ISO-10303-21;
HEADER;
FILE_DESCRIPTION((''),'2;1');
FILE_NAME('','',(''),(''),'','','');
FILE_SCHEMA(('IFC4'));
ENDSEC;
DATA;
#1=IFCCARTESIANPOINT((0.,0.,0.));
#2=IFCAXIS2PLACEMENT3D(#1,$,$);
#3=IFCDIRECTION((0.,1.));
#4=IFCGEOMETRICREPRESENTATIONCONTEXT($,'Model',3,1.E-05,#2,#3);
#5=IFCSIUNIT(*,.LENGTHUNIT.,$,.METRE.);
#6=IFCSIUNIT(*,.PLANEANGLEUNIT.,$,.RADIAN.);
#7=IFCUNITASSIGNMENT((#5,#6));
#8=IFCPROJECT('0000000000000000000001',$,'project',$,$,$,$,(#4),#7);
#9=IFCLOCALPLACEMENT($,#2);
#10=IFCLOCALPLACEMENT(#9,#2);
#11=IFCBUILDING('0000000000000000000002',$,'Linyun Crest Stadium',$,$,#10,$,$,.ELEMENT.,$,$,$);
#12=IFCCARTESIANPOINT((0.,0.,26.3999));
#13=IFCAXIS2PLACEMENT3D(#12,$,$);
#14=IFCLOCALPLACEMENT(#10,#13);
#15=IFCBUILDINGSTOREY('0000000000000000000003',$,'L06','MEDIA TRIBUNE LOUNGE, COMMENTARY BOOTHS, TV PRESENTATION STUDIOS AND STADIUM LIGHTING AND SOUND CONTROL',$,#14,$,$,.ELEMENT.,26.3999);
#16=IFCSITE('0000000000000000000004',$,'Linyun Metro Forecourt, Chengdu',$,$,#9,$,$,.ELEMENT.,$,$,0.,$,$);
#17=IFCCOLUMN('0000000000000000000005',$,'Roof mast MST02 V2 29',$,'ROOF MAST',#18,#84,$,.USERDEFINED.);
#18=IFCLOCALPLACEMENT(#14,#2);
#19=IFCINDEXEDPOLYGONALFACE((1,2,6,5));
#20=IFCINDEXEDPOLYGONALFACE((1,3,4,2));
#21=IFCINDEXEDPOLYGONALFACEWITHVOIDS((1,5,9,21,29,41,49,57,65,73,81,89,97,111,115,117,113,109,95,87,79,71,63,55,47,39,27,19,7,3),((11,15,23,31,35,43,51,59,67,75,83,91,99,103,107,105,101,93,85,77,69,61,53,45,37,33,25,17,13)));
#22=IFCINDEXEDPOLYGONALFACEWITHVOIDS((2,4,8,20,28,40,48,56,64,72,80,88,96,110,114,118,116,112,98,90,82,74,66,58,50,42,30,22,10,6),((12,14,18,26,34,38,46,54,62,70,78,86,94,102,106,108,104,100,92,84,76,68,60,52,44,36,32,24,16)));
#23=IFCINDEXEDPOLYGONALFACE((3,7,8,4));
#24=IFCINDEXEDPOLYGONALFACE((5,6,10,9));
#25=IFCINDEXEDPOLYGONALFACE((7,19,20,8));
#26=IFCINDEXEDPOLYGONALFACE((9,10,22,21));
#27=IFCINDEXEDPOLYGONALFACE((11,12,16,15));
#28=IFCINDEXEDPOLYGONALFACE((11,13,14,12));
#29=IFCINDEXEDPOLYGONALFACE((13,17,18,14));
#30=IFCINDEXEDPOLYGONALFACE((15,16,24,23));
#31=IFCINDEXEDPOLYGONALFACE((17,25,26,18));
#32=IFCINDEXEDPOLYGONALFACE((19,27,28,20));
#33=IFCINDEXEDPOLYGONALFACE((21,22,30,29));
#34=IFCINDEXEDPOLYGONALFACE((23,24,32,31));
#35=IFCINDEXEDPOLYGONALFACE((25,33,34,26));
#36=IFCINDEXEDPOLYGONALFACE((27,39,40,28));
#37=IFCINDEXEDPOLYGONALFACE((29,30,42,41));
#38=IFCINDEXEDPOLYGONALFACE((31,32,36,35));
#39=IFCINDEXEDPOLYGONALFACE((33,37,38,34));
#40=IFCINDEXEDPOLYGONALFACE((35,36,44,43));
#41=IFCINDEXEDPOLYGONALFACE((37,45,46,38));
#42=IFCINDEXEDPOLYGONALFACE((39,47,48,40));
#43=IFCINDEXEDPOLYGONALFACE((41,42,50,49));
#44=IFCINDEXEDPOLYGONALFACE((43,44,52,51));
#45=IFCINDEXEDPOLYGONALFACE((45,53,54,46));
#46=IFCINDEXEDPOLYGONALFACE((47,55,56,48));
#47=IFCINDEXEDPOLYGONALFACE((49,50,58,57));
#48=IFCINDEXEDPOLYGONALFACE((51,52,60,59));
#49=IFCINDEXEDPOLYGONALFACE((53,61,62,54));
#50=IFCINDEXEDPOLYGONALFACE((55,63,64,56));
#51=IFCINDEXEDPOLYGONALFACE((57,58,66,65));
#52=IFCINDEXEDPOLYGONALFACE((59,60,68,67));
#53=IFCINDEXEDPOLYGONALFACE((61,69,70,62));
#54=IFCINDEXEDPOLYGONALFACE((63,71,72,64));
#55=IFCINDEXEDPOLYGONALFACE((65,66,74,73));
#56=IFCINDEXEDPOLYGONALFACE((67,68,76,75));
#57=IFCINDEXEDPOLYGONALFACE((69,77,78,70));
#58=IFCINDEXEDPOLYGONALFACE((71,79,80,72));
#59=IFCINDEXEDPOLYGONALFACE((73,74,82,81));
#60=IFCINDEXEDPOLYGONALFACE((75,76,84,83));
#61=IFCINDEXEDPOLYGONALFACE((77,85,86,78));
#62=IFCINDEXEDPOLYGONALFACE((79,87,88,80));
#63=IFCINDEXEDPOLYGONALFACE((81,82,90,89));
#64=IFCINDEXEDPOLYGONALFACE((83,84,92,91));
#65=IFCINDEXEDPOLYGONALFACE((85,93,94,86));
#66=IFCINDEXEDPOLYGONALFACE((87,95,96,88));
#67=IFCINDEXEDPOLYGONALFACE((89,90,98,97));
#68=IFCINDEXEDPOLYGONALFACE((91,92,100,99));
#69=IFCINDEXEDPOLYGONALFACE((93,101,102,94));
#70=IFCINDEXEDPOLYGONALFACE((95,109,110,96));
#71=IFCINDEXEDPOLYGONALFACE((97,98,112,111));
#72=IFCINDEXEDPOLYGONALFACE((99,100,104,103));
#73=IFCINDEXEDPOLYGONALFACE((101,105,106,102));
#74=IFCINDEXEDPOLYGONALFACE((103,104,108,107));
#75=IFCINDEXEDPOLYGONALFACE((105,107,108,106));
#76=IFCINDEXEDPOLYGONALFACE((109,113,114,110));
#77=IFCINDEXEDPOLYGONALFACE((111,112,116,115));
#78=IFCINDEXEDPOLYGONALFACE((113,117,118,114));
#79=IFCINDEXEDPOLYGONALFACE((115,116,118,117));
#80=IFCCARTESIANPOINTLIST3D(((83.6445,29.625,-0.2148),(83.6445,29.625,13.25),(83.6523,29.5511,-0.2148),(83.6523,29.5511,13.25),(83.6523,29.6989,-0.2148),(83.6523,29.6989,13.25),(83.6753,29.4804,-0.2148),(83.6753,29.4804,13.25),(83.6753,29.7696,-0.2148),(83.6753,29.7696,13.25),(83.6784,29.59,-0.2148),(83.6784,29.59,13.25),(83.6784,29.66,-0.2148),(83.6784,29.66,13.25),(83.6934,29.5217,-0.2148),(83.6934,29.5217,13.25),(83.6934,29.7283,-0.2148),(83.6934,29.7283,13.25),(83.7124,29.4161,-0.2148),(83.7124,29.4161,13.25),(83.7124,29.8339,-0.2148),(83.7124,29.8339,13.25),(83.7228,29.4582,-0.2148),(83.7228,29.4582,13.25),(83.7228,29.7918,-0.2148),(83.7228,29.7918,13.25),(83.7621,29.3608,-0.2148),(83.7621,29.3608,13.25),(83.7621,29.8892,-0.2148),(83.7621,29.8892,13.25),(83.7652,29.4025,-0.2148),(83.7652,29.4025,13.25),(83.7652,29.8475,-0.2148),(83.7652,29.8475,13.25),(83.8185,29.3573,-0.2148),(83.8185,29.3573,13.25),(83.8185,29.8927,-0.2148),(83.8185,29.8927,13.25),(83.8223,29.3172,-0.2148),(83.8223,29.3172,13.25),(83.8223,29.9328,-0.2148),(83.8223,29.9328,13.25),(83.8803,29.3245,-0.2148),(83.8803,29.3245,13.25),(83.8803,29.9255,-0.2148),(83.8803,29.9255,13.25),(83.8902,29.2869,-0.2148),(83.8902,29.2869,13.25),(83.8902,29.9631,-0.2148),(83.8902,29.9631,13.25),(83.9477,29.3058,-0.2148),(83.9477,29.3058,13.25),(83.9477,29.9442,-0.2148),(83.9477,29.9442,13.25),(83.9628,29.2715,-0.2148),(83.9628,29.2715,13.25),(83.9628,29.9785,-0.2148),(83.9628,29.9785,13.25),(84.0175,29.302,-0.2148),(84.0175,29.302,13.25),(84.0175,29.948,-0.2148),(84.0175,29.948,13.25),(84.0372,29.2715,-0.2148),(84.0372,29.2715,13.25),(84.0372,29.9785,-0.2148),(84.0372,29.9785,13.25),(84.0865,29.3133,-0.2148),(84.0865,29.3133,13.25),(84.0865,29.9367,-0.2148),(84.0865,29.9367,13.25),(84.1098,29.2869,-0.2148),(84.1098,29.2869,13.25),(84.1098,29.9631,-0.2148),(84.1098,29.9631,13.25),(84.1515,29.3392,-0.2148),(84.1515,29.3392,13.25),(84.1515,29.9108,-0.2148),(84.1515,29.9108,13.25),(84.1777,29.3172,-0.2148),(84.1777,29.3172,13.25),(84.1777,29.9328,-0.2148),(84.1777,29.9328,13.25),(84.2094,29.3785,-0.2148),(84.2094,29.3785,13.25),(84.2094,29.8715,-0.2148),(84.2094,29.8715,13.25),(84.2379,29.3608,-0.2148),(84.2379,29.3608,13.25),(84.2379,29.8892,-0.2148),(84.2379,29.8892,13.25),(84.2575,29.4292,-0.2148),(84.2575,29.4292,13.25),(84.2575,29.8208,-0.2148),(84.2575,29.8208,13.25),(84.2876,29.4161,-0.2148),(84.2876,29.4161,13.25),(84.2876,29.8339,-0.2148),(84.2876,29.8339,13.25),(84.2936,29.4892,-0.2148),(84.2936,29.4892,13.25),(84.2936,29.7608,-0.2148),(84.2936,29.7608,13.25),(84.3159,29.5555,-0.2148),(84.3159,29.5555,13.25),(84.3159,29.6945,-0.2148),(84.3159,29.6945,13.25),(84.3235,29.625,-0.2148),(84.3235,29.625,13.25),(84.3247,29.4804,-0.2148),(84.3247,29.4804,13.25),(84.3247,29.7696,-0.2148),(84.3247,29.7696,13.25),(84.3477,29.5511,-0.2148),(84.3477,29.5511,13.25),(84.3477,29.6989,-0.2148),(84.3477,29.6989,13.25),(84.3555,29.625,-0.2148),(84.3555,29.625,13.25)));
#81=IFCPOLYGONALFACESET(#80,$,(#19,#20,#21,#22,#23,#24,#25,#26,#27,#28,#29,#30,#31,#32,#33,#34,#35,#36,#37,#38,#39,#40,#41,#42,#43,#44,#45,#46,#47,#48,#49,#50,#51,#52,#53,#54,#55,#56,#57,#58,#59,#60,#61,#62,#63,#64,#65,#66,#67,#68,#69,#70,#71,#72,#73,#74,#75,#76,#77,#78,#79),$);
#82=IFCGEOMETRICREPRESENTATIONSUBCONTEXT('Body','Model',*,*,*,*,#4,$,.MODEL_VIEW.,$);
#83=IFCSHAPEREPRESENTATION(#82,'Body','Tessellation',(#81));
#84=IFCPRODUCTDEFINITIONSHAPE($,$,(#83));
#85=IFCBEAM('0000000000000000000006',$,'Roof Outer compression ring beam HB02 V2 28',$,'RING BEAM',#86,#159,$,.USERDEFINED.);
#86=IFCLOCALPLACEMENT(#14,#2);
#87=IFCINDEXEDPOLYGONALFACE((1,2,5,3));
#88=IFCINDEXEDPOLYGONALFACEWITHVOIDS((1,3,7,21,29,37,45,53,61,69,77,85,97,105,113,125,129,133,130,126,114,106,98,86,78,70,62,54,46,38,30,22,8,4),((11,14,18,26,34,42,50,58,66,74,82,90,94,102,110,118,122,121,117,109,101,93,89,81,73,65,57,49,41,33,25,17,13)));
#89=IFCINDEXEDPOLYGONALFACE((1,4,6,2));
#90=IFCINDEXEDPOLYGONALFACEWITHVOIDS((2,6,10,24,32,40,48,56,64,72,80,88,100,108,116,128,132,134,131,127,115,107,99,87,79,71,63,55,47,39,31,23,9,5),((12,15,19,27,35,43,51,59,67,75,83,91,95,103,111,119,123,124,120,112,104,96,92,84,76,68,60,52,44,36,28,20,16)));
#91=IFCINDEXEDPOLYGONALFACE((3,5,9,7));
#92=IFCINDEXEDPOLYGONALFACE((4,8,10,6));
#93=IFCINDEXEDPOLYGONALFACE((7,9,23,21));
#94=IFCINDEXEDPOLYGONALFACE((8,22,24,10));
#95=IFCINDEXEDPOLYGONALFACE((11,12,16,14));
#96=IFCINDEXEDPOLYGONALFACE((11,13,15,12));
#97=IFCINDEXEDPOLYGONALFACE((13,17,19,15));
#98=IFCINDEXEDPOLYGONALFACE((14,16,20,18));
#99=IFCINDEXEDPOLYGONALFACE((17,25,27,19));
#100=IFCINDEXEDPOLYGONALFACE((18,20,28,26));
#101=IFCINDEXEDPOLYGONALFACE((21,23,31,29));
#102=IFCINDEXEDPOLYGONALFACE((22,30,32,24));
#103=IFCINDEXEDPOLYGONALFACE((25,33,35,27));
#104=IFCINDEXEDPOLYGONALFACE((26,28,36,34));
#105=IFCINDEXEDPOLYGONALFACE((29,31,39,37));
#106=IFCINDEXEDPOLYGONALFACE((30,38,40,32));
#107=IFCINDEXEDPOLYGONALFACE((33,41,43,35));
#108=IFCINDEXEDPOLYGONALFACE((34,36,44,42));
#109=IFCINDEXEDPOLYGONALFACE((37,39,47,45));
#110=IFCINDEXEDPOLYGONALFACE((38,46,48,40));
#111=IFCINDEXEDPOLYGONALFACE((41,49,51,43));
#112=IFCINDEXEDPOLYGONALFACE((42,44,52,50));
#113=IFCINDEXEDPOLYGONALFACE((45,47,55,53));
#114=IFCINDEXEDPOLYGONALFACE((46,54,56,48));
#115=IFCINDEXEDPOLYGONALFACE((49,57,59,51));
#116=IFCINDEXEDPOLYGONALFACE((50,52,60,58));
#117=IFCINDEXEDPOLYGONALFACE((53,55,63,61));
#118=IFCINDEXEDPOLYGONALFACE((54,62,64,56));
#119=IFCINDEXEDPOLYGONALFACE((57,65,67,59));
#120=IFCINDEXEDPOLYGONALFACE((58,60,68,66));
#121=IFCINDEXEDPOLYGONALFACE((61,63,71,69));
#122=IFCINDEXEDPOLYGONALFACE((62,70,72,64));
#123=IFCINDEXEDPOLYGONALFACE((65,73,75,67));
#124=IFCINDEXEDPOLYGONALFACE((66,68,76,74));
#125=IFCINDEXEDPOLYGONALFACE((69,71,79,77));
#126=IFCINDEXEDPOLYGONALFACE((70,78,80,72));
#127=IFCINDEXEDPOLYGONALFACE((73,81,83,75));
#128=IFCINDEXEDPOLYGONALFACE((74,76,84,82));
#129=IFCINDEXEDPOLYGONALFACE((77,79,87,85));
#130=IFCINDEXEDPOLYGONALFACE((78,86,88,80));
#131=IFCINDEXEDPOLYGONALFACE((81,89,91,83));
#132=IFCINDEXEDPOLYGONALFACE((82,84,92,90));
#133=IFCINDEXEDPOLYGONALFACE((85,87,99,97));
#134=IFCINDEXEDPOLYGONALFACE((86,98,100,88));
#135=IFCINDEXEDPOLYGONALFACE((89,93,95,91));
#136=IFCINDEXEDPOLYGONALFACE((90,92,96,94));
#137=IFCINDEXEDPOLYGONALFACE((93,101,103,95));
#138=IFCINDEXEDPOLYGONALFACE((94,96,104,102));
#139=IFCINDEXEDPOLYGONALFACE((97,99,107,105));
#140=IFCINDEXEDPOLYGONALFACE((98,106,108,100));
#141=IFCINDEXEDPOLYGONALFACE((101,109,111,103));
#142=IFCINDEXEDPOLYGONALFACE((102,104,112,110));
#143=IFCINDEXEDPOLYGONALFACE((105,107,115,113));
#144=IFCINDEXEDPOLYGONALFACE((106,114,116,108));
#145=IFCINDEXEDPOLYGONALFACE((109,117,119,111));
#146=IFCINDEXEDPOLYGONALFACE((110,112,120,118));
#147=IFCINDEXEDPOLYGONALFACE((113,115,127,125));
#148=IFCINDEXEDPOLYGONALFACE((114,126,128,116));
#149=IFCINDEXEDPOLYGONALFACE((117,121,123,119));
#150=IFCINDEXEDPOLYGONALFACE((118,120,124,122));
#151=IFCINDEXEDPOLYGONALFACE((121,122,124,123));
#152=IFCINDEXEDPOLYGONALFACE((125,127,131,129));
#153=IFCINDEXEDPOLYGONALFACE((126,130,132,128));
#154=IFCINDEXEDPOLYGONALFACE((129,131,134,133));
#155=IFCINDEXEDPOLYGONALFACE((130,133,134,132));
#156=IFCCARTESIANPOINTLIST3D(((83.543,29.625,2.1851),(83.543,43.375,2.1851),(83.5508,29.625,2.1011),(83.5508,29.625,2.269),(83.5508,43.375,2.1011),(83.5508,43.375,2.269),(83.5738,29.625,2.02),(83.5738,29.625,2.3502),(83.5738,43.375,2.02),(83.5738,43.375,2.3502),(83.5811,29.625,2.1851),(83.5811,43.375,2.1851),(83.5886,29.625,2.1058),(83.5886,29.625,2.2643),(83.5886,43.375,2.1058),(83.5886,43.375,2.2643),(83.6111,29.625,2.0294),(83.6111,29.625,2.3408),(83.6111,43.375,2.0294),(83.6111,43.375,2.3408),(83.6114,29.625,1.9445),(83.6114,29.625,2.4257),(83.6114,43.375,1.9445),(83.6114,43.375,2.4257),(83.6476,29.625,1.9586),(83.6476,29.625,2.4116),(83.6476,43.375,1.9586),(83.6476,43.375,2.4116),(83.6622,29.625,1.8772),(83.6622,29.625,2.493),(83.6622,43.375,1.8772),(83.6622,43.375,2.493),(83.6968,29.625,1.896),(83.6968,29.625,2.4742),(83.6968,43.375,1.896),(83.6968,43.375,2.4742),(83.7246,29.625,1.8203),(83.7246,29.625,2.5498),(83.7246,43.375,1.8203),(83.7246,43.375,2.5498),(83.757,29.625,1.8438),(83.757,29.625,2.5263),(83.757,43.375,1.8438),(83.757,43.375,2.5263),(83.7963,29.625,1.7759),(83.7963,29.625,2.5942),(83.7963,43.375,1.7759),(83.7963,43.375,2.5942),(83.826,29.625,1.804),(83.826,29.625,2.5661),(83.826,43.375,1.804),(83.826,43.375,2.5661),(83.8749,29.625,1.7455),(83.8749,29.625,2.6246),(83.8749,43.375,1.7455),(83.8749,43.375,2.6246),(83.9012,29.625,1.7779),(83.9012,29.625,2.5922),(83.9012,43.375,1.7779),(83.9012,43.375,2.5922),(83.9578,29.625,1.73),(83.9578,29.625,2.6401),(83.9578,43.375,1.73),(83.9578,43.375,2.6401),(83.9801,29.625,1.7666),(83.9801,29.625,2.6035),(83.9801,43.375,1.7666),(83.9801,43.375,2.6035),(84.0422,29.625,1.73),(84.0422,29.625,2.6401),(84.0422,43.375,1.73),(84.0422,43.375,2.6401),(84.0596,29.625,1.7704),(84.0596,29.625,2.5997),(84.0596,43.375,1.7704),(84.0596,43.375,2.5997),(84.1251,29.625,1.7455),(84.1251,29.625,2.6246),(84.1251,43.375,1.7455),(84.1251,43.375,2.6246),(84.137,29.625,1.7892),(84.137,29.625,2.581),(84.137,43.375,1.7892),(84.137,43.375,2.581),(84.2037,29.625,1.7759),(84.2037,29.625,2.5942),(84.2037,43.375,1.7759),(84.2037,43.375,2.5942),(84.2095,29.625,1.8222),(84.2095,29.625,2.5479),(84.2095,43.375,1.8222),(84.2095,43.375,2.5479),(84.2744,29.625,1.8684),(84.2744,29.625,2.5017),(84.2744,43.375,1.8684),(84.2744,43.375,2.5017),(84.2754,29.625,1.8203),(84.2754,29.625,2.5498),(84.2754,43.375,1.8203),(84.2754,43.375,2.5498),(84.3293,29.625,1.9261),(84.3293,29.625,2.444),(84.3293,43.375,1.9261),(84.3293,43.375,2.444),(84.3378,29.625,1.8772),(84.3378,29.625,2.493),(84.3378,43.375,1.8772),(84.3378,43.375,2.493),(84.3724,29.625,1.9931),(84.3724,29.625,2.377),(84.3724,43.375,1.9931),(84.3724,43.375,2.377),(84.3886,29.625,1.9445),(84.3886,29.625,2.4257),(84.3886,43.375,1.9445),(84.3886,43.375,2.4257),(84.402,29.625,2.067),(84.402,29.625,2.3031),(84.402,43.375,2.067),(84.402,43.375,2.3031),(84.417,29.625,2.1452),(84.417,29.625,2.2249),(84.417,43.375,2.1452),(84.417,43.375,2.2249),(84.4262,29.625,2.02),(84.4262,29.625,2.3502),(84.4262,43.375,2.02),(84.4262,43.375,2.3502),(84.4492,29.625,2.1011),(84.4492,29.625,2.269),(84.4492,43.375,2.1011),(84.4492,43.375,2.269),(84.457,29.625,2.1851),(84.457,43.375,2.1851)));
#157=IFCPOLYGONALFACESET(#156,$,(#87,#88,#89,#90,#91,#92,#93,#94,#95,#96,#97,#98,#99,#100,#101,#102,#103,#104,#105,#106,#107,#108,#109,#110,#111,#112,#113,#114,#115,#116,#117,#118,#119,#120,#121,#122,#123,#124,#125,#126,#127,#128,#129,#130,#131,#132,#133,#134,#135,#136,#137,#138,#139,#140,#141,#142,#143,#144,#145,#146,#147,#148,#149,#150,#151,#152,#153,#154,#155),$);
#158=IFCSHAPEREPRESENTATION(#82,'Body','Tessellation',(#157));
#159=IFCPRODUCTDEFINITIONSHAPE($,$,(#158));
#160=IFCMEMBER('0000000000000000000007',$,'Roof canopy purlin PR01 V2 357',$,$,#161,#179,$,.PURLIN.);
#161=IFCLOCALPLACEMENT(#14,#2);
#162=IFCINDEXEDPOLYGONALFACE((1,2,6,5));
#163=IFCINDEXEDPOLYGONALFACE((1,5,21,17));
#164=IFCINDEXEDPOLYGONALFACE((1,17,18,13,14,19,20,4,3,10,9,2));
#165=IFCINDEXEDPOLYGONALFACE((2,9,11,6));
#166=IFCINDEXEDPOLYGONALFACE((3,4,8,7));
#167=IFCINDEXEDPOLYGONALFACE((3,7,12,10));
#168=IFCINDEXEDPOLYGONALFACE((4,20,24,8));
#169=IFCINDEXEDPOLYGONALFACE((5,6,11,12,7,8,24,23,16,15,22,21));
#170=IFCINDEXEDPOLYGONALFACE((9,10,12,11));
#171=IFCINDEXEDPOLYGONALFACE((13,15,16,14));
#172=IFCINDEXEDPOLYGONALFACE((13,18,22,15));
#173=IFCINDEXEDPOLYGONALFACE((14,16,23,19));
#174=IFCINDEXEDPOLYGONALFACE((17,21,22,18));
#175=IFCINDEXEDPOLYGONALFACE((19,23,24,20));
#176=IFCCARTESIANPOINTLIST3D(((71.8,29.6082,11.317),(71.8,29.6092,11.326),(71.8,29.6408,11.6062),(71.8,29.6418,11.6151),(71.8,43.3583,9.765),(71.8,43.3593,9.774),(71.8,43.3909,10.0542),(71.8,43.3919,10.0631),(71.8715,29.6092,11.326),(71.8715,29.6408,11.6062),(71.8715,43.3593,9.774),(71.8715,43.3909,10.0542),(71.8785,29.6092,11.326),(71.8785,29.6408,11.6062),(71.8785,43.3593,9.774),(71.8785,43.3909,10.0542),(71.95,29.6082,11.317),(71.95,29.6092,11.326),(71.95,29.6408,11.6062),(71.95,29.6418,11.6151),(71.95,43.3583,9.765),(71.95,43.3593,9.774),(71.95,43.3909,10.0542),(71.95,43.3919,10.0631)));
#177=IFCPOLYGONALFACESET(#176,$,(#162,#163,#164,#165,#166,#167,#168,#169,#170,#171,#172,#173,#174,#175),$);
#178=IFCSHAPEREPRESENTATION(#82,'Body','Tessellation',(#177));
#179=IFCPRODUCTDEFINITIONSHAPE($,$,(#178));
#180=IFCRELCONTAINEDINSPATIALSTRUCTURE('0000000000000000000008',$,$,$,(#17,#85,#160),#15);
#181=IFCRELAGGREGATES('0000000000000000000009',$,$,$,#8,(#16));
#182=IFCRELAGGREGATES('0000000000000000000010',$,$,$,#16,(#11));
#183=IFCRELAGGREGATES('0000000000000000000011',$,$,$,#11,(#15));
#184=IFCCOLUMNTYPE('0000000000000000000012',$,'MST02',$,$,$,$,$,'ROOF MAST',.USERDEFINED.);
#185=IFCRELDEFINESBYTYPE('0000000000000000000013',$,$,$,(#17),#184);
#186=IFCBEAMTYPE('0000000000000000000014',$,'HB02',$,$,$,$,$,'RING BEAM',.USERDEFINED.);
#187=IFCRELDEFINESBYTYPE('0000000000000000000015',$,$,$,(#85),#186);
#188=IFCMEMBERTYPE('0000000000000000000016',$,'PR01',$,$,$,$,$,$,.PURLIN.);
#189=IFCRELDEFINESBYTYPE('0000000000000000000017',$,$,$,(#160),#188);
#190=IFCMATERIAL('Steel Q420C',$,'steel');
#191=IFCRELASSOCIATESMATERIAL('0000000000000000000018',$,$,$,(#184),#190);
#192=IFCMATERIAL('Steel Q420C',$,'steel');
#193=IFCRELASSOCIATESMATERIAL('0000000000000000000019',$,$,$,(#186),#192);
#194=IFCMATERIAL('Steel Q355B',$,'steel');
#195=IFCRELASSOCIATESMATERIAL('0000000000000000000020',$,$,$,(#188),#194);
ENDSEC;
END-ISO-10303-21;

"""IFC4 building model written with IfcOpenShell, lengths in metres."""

from ifc_helpers import new_model, si_unit, direction, frame, origin, origin_2d, place, context, subcontext, project, spatial, hollow_circle, i_section, extrude, material, material_profile, profile_set, type_object, element, save


model = new_model("IFC4")

# Units and contexts
model_context = context("Model", 3, precision=1e-05, world=origin(), true_north=direction((0.0, 1.0)))
body_context = subcontext(model_context, "Body", "Model", "MODEL_VIEW")
ifc_project = project(units=[si_unit("LENGTHUNIT", "METRE"), si_unit("PLANEANGLEUNIT", "RADIAN")], contexts=[model_context])

# Site, building, storey
site_placement = place(None, origin())
site = spatial("IfcSite", under=ifc_project, at=site_placement, Name="Linyun Metro Forecourt, Chengdu", CompositionType="ELEMENT", RefElevation=0.0)
building_placement = place(site_placement, origin())
building = spatial("IfcBuilding", under=site, at=building_placement, Name="Linyun Crest Stadium", CompositionType="ELEMENT")
storey_placement = place(building_placement, frame((0.0, 0.0, 26.3999)))
storey = spatial("IfcBuildingStorey", under=building, at=storey_placement, Name="L06", Description="MEDIA TRIBUNE LOUNGE, COMMENTARY BOOTHS, TV PRESENTATION STUDIOS AND STADIUM LIGHTING AND SOUND CONTROL", CompositionType="ELEMENT", Elevation=26.3999)

# Column
ifc_material_1 = material(Name="Steel Q420C", Category="steel")
ifc_material_profile_1 = material_profile(ifc_material_1, hollow_circle(Radius=0.3555, WallThickness=0.032, at=origin_2d()), Name="CHS 711x32")
ifc_profile_set_1 = profile_set([ifc_material_profile_1], Name="Steel Q420C")
column_type = type_object("IfcColumnType", Name="MST02", ElementType="ROOF MAST", PredefinedType="USERDEFINED", material=ifc_profile_set_1)
column_placement = place(storey_placement, frame((84.0, 29.625, -0.2148), z_axis=(0.0, 0.0, 1.0), x_axis=(1.0, 0.0, 0.0)))
element("IfcColumn", 1, at=column_placement, inside=storey, type_object=column_type, Name="Roof mast MST02 V2 29", ObjectType="ROOF MAST", PredefinedType="USERDEFINED", context=body_context, shape_type="SweptSolid", body=[
    extrude(hollow_circle(Radius=0.3555, WallThickness=0.032, at=origin_2d()), origin(), (0.0, 0.0, 1.0), 13.4648),
])

# Beam
ifc_material_2 = material(Name="Steel Q420C", Category="steel")
ifc_material_profile_2 = material_profile(ifc_material_2, hollow_circle(Radius=0.457, WallThickness=0.0381, at=origin_2d()), Name="CHS 914x38")
ifc_profile_set_2 = profile_set([ifc_material_profile_2], Name="Steel Q420C")
beam_type = type_object("IfcBeamType", Name="HB02", ElementType="RING BEAM", PredefinedType="USERDEFINED", material=ifc_profile_set_2)
beam_placement = place(storey_placement, frame((84.0, 29.625, 2.1851), z_axis=(0.0, 1.0, 0.0), x_axis=(-1.0, 0.0, 0.0)))
element("IfcBeam", 2, at=beam_placement, inside=storey, type_object=beam_type, Name="Roof Outer compression ring beam HB02 V2 28", ObjectType="RING BEAM", PredefinedType="USERDEFINED", context=body_context, shape_type="SweptSolid", body=[
    extrude(hollow_circle(Radius=0.457, WallThickness=0.0381, at=origin_2d()), origin(), (0.0, 0.0, 1.0), 13.75),
])

# Member
ifc_material_3 = material(Name="Steel Q355B", Category="steel")
ifc_material_profile_3 = material_profile(ifc_material_3, i_section(OverallWidth=0.1499, OverallDepth=0.3, WebThickness=0.0071, FlangeThickness=0.009, at=origin_2d()), Name="HN 300x150")
ifc_profile_set_3 = profile_set([ifc_material_profile_3], Name="Steel Q355B")
member_type_1 = type_object("IfcMemberType", Name="PR01", PredefinedType="PURLIN", material=ifc_profile_set_3)
member_1_placement = place(storey_placement, frame((71.875, 29.625, 11.4661), z_axis=(0.0, 0.99369, -0.112161), x_axis=(-1.0, 0.0, 0.0)))
element("IfcMember", 3, at=member_1_placement, inside=storey, type_object=member_type_1, Name="Roof canopy purlin PR01 V2 357", PredefinedType="PURLIN", context=body_context, shape_type="SweptSolid", body=[
    extrude(i_section(OverallWidth=0.1499, OverallDepth=0.3, WebThickness=0.0071, FlangeThickness=0.009, at=origin_2d()), origin(), (0.0, 0.0, 1.0), 13.8374),
])

save(model, "model.ifc")
